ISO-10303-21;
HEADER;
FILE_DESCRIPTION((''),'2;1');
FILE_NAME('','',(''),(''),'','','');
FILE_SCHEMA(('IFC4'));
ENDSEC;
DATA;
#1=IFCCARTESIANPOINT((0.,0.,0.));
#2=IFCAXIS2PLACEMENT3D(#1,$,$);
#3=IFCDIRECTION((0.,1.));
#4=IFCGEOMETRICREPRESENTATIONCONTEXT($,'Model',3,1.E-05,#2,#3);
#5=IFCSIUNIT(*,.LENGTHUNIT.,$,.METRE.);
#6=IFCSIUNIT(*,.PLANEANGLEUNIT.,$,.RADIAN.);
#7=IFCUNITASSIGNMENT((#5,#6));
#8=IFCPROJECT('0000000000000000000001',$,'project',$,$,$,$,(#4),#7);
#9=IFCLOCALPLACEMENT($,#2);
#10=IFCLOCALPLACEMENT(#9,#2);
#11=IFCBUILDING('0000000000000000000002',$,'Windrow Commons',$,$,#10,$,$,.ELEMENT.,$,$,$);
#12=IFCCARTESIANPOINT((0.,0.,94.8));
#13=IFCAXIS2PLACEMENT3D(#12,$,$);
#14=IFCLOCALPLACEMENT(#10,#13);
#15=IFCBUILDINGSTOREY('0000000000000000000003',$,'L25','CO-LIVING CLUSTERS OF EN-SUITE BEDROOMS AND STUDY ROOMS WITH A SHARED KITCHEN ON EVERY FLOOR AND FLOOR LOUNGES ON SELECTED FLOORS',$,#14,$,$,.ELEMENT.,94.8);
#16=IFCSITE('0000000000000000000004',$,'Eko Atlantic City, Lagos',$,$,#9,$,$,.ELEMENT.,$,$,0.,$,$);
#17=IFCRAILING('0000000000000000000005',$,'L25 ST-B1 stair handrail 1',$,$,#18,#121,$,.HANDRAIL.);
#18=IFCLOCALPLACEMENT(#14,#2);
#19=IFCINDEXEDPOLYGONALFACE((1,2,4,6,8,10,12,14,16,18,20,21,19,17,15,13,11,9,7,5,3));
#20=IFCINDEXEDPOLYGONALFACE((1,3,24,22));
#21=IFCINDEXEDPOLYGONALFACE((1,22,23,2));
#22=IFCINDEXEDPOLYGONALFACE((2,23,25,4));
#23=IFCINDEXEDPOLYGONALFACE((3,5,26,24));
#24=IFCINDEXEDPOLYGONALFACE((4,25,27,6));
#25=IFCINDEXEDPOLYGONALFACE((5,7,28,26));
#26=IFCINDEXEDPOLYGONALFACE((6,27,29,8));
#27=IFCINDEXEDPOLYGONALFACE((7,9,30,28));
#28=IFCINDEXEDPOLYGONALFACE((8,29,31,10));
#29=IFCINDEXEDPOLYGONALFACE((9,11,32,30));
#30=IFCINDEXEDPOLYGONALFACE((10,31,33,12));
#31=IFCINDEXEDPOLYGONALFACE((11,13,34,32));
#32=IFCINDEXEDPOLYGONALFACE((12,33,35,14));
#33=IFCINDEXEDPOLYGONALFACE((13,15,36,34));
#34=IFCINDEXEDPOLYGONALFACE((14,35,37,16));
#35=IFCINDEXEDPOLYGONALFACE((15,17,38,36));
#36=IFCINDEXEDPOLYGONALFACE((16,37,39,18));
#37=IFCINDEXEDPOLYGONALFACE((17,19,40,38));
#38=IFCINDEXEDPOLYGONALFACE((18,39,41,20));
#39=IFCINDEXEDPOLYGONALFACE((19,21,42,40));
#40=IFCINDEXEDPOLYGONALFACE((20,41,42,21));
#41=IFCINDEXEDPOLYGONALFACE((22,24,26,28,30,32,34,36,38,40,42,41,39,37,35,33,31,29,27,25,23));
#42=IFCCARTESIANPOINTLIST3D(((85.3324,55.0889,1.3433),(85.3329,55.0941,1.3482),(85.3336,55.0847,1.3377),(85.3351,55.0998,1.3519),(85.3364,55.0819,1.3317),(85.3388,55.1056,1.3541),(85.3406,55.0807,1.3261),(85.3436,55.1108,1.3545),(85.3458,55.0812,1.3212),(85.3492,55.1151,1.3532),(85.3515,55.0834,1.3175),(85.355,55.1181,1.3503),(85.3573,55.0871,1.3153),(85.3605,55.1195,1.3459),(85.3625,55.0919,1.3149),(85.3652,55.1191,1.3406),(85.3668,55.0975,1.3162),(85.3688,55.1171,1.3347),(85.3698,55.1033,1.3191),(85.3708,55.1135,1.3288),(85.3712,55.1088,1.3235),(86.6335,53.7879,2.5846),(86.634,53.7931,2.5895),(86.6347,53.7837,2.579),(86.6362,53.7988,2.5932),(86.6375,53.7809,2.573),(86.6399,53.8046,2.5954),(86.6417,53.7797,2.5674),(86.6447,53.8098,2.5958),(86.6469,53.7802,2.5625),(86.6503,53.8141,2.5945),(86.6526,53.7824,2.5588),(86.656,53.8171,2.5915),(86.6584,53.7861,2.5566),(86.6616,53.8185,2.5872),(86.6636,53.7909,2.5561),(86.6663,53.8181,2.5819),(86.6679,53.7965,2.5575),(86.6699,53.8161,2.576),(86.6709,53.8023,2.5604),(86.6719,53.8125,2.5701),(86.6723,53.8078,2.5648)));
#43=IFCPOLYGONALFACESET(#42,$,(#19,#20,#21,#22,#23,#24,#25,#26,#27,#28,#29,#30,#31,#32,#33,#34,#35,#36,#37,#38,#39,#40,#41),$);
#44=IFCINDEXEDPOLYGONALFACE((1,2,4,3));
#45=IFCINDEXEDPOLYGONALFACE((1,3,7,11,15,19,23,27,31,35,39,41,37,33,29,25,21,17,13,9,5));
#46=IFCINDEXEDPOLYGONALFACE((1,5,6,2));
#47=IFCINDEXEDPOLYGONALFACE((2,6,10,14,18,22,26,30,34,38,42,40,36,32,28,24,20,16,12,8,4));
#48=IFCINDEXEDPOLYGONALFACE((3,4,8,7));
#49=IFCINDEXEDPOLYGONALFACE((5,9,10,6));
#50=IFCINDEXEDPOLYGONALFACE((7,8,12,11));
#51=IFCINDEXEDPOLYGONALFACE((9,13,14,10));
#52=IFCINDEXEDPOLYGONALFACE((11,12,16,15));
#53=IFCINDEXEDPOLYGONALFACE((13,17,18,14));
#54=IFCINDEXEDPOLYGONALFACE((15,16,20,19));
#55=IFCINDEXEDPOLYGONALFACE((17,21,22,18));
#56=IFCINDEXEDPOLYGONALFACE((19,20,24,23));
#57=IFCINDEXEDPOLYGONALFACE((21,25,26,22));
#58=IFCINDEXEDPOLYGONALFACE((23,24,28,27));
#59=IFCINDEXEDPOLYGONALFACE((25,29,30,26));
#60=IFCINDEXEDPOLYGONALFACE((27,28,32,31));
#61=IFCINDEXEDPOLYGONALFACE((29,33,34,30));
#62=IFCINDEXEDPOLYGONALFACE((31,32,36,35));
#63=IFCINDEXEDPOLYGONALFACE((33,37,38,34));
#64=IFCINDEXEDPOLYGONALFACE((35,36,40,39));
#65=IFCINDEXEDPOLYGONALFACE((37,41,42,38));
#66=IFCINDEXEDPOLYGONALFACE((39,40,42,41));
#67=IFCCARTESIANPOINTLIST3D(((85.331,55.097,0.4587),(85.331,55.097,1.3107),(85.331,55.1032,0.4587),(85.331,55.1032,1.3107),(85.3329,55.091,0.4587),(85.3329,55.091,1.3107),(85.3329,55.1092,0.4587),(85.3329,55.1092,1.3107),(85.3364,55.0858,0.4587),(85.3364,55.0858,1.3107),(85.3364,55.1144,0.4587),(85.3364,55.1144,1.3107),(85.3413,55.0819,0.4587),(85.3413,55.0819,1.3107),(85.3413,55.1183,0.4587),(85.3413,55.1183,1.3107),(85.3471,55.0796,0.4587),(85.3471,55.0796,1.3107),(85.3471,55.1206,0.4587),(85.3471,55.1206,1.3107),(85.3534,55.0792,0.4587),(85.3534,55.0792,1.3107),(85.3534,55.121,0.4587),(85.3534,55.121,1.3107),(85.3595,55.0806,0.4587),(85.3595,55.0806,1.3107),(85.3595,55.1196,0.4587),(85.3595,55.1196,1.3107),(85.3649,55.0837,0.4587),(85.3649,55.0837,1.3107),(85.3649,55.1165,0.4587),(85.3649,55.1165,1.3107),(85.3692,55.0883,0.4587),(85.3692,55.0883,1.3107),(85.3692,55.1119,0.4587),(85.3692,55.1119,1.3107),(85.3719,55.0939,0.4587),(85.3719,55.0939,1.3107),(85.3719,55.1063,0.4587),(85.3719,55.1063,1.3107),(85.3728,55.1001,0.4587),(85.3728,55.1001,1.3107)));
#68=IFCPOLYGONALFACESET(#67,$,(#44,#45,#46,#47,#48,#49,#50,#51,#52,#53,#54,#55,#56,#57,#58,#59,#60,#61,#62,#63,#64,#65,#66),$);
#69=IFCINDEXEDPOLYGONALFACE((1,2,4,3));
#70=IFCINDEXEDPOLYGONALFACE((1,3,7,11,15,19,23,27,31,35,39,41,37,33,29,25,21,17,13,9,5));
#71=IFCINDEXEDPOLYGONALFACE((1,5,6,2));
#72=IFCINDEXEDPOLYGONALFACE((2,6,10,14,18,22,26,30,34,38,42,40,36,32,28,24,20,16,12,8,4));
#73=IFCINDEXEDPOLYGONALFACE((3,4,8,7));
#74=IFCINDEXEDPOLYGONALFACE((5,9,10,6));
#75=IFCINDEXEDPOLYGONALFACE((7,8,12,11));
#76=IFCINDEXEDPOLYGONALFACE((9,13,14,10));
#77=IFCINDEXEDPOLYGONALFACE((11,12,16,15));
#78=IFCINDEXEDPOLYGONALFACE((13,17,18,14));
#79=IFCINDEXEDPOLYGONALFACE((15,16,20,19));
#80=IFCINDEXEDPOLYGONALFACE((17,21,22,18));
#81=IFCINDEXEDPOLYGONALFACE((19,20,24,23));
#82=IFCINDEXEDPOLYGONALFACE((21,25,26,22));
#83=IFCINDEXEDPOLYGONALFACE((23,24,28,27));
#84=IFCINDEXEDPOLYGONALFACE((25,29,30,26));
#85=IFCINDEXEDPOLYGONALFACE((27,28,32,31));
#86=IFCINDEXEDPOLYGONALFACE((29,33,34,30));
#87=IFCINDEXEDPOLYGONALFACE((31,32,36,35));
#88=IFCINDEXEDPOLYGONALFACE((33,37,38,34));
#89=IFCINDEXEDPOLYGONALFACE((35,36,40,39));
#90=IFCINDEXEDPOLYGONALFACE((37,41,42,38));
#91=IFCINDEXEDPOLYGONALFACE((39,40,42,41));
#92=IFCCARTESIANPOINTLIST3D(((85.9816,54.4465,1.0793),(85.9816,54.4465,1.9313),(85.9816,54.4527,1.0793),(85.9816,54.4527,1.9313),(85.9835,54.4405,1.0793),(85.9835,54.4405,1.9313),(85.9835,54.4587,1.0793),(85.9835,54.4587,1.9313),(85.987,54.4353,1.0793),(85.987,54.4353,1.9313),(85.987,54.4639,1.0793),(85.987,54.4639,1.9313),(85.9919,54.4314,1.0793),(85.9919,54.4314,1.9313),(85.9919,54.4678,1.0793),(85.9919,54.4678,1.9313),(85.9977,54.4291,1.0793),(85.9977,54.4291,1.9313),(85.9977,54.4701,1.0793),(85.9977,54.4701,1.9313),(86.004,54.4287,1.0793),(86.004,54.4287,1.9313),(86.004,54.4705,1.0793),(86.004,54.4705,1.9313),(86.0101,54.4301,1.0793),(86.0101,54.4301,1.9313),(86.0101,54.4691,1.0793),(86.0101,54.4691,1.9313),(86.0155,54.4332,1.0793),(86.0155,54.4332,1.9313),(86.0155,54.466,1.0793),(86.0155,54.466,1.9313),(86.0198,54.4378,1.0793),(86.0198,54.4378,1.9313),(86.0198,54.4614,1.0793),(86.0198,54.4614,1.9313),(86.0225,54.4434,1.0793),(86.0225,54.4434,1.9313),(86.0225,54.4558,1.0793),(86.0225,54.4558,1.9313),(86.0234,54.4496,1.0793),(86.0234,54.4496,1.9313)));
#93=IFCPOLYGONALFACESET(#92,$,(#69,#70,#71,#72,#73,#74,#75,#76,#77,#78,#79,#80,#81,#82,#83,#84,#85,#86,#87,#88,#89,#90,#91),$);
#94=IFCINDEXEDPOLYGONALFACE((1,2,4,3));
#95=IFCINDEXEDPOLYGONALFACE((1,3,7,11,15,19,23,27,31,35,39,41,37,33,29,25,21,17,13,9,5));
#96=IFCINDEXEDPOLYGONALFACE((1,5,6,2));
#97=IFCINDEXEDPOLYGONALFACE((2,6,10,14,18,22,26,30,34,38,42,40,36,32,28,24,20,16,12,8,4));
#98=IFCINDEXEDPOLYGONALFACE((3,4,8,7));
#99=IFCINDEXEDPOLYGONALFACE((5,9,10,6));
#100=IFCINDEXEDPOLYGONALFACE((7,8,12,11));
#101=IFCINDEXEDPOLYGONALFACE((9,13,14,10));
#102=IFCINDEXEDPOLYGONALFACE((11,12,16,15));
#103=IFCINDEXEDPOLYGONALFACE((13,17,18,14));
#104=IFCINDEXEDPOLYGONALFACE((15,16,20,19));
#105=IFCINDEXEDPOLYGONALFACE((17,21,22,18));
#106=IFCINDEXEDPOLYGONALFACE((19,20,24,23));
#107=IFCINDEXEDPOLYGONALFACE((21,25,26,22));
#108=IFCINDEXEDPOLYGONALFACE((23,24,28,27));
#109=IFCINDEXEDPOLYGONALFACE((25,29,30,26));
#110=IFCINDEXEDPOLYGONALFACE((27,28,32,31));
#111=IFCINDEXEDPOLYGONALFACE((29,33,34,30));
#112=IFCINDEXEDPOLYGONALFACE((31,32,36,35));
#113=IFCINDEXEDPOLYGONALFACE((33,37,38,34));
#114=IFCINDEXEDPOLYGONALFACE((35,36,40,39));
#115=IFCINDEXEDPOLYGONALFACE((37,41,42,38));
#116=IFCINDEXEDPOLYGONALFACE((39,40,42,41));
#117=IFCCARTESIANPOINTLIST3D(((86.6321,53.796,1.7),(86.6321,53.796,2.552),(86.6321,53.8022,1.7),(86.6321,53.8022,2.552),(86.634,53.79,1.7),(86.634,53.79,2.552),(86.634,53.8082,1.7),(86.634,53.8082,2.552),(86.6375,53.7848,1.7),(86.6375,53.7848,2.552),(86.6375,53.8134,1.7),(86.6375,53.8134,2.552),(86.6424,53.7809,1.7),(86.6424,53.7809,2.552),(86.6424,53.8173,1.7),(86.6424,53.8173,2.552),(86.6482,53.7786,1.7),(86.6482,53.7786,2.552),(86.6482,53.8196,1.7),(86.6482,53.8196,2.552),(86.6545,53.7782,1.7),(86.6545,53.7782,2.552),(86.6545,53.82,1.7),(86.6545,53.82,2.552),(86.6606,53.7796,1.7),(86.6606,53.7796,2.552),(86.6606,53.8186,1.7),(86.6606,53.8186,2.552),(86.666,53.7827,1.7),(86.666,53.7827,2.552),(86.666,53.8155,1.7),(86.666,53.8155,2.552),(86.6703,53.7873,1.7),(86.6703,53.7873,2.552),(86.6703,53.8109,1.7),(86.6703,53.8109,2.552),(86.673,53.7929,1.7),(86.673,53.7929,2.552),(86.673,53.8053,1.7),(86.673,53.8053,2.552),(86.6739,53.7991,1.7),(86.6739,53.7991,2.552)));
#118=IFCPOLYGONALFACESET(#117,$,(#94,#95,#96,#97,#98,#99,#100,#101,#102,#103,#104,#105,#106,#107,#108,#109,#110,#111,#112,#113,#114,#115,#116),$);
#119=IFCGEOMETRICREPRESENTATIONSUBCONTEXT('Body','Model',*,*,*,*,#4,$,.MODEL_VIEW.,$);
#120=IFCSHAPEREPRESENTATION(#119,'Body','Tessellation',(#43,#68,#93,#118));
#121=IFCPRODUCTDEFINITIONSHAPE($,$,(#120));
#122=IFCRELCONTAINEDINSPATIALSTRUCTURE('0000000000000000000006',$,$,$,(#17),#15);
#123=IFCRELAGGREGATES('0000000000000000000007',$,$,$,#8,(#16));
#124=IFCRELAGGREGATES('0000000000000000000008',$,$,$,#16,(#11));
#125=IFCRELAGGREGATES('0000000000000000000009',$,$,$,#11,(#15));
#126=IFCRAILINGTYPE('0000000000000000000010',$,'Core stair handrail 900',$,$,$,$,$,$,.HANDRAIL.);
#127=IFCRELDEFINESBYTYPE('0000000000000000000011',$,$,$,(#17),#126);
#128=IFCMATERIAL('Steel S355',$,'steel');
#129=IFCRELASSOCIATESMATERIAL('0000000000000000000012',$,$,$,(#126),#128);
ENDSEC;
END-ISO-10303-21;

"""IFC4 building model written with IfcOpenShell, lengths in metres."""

from ifc_helpers import new_model, si_unit, direction, frame, origin, origin_2d, place, context, subcontext, project, spatial, circle, extrude, material, type_object, element, save


model = new_model("IFC4")

# Units and contexts
model_context = context("Model", 3, precision=1e-05, world=origin(), true_north=direction((0.0, 1.0)))
body_context = subcontext(model_context, "Body", "Model", "MODEL_VIEW")
ifc_project = project(units=[si_unit("LENGTHUNIT", "METRE"), si_unit("PLANEANGLEUNIT", "RADIAN")], contexts=[model_context])

# Site, building, storey
site_placement = place(None, origin())
site = spatial("IfcSite", under=ifc_project, at=site_placement, Name="Eko Atlantic City, Lagos", CompositionType="ELEMENT", RefElevation=0.0)
building_placement = place(site_placement, origin())
building = spatial("IfcBuilding", under=site, at=building_placement, Name="Windrow Commons", CompositionType="ELEMENT")
storey_placement = place(building_placement, frame((0.0, 0.0, 94.8)))
storey = spatial("IfcBuildingStorey", under=building, at=storey_placement, Name="L25", Description="CO-LIVING CLUSTERS OF EN-SUITE BEDROOMS AND STUDY ROOMS WITH A SHARED KITCHEN ON EVERY FLOOR AND FLOOR LOUNGES ON SELECTED FLOORS", CompositionType="ELEMENT", Elevation=94.8)

# Railing
ifc_material_1 = material(Name="Steel S355", Category="steel")
railing_type_1 = type_object("IfcRailingType", Name="Core stair handrail 900", PredefinedType="HANDRAIL", material=ifc_material_1)
railing_1_placement = place(storey_placement, frame((85.3518, 55.1001, 0.4587)))
element("IfcRailing", 1, at=railing_1_placement, inside=storey, type_object=railing_type_1, Name="L25 ST-B1 stair handrail 1", PredefinedType="HANDRAIL", context=body_context, shape_type="SweptSolid", body=[
    extrude(circle(Radius=0.024, at=origin_2d()), frame((0.0, 0.0, 0.876), z_axis=(0.586207, -0.586162, 0.559264), x_axis=(0.70708, 0.707134, 0.0)), (0.0, 0.0, 1.0), 2.2195),
    extrude(circle(Radius=0.021, at=origin_2d()), origin(), (0.0, 0.0, 1.0), 0.852),
    extrude(circle(Radius=0.021, at=origin_2d()), frame((0.6506, -0.6505, 0.6206)), (0.0, 0.0, 1.0), 0.852),
    extrude(circle(Radius=0.021, at=origin_2d()), frame((1.3011, -1.301, 1.2413)), (0.0, 0.0, 1.0), 0.852),
])

save(model, "model.ifc")
